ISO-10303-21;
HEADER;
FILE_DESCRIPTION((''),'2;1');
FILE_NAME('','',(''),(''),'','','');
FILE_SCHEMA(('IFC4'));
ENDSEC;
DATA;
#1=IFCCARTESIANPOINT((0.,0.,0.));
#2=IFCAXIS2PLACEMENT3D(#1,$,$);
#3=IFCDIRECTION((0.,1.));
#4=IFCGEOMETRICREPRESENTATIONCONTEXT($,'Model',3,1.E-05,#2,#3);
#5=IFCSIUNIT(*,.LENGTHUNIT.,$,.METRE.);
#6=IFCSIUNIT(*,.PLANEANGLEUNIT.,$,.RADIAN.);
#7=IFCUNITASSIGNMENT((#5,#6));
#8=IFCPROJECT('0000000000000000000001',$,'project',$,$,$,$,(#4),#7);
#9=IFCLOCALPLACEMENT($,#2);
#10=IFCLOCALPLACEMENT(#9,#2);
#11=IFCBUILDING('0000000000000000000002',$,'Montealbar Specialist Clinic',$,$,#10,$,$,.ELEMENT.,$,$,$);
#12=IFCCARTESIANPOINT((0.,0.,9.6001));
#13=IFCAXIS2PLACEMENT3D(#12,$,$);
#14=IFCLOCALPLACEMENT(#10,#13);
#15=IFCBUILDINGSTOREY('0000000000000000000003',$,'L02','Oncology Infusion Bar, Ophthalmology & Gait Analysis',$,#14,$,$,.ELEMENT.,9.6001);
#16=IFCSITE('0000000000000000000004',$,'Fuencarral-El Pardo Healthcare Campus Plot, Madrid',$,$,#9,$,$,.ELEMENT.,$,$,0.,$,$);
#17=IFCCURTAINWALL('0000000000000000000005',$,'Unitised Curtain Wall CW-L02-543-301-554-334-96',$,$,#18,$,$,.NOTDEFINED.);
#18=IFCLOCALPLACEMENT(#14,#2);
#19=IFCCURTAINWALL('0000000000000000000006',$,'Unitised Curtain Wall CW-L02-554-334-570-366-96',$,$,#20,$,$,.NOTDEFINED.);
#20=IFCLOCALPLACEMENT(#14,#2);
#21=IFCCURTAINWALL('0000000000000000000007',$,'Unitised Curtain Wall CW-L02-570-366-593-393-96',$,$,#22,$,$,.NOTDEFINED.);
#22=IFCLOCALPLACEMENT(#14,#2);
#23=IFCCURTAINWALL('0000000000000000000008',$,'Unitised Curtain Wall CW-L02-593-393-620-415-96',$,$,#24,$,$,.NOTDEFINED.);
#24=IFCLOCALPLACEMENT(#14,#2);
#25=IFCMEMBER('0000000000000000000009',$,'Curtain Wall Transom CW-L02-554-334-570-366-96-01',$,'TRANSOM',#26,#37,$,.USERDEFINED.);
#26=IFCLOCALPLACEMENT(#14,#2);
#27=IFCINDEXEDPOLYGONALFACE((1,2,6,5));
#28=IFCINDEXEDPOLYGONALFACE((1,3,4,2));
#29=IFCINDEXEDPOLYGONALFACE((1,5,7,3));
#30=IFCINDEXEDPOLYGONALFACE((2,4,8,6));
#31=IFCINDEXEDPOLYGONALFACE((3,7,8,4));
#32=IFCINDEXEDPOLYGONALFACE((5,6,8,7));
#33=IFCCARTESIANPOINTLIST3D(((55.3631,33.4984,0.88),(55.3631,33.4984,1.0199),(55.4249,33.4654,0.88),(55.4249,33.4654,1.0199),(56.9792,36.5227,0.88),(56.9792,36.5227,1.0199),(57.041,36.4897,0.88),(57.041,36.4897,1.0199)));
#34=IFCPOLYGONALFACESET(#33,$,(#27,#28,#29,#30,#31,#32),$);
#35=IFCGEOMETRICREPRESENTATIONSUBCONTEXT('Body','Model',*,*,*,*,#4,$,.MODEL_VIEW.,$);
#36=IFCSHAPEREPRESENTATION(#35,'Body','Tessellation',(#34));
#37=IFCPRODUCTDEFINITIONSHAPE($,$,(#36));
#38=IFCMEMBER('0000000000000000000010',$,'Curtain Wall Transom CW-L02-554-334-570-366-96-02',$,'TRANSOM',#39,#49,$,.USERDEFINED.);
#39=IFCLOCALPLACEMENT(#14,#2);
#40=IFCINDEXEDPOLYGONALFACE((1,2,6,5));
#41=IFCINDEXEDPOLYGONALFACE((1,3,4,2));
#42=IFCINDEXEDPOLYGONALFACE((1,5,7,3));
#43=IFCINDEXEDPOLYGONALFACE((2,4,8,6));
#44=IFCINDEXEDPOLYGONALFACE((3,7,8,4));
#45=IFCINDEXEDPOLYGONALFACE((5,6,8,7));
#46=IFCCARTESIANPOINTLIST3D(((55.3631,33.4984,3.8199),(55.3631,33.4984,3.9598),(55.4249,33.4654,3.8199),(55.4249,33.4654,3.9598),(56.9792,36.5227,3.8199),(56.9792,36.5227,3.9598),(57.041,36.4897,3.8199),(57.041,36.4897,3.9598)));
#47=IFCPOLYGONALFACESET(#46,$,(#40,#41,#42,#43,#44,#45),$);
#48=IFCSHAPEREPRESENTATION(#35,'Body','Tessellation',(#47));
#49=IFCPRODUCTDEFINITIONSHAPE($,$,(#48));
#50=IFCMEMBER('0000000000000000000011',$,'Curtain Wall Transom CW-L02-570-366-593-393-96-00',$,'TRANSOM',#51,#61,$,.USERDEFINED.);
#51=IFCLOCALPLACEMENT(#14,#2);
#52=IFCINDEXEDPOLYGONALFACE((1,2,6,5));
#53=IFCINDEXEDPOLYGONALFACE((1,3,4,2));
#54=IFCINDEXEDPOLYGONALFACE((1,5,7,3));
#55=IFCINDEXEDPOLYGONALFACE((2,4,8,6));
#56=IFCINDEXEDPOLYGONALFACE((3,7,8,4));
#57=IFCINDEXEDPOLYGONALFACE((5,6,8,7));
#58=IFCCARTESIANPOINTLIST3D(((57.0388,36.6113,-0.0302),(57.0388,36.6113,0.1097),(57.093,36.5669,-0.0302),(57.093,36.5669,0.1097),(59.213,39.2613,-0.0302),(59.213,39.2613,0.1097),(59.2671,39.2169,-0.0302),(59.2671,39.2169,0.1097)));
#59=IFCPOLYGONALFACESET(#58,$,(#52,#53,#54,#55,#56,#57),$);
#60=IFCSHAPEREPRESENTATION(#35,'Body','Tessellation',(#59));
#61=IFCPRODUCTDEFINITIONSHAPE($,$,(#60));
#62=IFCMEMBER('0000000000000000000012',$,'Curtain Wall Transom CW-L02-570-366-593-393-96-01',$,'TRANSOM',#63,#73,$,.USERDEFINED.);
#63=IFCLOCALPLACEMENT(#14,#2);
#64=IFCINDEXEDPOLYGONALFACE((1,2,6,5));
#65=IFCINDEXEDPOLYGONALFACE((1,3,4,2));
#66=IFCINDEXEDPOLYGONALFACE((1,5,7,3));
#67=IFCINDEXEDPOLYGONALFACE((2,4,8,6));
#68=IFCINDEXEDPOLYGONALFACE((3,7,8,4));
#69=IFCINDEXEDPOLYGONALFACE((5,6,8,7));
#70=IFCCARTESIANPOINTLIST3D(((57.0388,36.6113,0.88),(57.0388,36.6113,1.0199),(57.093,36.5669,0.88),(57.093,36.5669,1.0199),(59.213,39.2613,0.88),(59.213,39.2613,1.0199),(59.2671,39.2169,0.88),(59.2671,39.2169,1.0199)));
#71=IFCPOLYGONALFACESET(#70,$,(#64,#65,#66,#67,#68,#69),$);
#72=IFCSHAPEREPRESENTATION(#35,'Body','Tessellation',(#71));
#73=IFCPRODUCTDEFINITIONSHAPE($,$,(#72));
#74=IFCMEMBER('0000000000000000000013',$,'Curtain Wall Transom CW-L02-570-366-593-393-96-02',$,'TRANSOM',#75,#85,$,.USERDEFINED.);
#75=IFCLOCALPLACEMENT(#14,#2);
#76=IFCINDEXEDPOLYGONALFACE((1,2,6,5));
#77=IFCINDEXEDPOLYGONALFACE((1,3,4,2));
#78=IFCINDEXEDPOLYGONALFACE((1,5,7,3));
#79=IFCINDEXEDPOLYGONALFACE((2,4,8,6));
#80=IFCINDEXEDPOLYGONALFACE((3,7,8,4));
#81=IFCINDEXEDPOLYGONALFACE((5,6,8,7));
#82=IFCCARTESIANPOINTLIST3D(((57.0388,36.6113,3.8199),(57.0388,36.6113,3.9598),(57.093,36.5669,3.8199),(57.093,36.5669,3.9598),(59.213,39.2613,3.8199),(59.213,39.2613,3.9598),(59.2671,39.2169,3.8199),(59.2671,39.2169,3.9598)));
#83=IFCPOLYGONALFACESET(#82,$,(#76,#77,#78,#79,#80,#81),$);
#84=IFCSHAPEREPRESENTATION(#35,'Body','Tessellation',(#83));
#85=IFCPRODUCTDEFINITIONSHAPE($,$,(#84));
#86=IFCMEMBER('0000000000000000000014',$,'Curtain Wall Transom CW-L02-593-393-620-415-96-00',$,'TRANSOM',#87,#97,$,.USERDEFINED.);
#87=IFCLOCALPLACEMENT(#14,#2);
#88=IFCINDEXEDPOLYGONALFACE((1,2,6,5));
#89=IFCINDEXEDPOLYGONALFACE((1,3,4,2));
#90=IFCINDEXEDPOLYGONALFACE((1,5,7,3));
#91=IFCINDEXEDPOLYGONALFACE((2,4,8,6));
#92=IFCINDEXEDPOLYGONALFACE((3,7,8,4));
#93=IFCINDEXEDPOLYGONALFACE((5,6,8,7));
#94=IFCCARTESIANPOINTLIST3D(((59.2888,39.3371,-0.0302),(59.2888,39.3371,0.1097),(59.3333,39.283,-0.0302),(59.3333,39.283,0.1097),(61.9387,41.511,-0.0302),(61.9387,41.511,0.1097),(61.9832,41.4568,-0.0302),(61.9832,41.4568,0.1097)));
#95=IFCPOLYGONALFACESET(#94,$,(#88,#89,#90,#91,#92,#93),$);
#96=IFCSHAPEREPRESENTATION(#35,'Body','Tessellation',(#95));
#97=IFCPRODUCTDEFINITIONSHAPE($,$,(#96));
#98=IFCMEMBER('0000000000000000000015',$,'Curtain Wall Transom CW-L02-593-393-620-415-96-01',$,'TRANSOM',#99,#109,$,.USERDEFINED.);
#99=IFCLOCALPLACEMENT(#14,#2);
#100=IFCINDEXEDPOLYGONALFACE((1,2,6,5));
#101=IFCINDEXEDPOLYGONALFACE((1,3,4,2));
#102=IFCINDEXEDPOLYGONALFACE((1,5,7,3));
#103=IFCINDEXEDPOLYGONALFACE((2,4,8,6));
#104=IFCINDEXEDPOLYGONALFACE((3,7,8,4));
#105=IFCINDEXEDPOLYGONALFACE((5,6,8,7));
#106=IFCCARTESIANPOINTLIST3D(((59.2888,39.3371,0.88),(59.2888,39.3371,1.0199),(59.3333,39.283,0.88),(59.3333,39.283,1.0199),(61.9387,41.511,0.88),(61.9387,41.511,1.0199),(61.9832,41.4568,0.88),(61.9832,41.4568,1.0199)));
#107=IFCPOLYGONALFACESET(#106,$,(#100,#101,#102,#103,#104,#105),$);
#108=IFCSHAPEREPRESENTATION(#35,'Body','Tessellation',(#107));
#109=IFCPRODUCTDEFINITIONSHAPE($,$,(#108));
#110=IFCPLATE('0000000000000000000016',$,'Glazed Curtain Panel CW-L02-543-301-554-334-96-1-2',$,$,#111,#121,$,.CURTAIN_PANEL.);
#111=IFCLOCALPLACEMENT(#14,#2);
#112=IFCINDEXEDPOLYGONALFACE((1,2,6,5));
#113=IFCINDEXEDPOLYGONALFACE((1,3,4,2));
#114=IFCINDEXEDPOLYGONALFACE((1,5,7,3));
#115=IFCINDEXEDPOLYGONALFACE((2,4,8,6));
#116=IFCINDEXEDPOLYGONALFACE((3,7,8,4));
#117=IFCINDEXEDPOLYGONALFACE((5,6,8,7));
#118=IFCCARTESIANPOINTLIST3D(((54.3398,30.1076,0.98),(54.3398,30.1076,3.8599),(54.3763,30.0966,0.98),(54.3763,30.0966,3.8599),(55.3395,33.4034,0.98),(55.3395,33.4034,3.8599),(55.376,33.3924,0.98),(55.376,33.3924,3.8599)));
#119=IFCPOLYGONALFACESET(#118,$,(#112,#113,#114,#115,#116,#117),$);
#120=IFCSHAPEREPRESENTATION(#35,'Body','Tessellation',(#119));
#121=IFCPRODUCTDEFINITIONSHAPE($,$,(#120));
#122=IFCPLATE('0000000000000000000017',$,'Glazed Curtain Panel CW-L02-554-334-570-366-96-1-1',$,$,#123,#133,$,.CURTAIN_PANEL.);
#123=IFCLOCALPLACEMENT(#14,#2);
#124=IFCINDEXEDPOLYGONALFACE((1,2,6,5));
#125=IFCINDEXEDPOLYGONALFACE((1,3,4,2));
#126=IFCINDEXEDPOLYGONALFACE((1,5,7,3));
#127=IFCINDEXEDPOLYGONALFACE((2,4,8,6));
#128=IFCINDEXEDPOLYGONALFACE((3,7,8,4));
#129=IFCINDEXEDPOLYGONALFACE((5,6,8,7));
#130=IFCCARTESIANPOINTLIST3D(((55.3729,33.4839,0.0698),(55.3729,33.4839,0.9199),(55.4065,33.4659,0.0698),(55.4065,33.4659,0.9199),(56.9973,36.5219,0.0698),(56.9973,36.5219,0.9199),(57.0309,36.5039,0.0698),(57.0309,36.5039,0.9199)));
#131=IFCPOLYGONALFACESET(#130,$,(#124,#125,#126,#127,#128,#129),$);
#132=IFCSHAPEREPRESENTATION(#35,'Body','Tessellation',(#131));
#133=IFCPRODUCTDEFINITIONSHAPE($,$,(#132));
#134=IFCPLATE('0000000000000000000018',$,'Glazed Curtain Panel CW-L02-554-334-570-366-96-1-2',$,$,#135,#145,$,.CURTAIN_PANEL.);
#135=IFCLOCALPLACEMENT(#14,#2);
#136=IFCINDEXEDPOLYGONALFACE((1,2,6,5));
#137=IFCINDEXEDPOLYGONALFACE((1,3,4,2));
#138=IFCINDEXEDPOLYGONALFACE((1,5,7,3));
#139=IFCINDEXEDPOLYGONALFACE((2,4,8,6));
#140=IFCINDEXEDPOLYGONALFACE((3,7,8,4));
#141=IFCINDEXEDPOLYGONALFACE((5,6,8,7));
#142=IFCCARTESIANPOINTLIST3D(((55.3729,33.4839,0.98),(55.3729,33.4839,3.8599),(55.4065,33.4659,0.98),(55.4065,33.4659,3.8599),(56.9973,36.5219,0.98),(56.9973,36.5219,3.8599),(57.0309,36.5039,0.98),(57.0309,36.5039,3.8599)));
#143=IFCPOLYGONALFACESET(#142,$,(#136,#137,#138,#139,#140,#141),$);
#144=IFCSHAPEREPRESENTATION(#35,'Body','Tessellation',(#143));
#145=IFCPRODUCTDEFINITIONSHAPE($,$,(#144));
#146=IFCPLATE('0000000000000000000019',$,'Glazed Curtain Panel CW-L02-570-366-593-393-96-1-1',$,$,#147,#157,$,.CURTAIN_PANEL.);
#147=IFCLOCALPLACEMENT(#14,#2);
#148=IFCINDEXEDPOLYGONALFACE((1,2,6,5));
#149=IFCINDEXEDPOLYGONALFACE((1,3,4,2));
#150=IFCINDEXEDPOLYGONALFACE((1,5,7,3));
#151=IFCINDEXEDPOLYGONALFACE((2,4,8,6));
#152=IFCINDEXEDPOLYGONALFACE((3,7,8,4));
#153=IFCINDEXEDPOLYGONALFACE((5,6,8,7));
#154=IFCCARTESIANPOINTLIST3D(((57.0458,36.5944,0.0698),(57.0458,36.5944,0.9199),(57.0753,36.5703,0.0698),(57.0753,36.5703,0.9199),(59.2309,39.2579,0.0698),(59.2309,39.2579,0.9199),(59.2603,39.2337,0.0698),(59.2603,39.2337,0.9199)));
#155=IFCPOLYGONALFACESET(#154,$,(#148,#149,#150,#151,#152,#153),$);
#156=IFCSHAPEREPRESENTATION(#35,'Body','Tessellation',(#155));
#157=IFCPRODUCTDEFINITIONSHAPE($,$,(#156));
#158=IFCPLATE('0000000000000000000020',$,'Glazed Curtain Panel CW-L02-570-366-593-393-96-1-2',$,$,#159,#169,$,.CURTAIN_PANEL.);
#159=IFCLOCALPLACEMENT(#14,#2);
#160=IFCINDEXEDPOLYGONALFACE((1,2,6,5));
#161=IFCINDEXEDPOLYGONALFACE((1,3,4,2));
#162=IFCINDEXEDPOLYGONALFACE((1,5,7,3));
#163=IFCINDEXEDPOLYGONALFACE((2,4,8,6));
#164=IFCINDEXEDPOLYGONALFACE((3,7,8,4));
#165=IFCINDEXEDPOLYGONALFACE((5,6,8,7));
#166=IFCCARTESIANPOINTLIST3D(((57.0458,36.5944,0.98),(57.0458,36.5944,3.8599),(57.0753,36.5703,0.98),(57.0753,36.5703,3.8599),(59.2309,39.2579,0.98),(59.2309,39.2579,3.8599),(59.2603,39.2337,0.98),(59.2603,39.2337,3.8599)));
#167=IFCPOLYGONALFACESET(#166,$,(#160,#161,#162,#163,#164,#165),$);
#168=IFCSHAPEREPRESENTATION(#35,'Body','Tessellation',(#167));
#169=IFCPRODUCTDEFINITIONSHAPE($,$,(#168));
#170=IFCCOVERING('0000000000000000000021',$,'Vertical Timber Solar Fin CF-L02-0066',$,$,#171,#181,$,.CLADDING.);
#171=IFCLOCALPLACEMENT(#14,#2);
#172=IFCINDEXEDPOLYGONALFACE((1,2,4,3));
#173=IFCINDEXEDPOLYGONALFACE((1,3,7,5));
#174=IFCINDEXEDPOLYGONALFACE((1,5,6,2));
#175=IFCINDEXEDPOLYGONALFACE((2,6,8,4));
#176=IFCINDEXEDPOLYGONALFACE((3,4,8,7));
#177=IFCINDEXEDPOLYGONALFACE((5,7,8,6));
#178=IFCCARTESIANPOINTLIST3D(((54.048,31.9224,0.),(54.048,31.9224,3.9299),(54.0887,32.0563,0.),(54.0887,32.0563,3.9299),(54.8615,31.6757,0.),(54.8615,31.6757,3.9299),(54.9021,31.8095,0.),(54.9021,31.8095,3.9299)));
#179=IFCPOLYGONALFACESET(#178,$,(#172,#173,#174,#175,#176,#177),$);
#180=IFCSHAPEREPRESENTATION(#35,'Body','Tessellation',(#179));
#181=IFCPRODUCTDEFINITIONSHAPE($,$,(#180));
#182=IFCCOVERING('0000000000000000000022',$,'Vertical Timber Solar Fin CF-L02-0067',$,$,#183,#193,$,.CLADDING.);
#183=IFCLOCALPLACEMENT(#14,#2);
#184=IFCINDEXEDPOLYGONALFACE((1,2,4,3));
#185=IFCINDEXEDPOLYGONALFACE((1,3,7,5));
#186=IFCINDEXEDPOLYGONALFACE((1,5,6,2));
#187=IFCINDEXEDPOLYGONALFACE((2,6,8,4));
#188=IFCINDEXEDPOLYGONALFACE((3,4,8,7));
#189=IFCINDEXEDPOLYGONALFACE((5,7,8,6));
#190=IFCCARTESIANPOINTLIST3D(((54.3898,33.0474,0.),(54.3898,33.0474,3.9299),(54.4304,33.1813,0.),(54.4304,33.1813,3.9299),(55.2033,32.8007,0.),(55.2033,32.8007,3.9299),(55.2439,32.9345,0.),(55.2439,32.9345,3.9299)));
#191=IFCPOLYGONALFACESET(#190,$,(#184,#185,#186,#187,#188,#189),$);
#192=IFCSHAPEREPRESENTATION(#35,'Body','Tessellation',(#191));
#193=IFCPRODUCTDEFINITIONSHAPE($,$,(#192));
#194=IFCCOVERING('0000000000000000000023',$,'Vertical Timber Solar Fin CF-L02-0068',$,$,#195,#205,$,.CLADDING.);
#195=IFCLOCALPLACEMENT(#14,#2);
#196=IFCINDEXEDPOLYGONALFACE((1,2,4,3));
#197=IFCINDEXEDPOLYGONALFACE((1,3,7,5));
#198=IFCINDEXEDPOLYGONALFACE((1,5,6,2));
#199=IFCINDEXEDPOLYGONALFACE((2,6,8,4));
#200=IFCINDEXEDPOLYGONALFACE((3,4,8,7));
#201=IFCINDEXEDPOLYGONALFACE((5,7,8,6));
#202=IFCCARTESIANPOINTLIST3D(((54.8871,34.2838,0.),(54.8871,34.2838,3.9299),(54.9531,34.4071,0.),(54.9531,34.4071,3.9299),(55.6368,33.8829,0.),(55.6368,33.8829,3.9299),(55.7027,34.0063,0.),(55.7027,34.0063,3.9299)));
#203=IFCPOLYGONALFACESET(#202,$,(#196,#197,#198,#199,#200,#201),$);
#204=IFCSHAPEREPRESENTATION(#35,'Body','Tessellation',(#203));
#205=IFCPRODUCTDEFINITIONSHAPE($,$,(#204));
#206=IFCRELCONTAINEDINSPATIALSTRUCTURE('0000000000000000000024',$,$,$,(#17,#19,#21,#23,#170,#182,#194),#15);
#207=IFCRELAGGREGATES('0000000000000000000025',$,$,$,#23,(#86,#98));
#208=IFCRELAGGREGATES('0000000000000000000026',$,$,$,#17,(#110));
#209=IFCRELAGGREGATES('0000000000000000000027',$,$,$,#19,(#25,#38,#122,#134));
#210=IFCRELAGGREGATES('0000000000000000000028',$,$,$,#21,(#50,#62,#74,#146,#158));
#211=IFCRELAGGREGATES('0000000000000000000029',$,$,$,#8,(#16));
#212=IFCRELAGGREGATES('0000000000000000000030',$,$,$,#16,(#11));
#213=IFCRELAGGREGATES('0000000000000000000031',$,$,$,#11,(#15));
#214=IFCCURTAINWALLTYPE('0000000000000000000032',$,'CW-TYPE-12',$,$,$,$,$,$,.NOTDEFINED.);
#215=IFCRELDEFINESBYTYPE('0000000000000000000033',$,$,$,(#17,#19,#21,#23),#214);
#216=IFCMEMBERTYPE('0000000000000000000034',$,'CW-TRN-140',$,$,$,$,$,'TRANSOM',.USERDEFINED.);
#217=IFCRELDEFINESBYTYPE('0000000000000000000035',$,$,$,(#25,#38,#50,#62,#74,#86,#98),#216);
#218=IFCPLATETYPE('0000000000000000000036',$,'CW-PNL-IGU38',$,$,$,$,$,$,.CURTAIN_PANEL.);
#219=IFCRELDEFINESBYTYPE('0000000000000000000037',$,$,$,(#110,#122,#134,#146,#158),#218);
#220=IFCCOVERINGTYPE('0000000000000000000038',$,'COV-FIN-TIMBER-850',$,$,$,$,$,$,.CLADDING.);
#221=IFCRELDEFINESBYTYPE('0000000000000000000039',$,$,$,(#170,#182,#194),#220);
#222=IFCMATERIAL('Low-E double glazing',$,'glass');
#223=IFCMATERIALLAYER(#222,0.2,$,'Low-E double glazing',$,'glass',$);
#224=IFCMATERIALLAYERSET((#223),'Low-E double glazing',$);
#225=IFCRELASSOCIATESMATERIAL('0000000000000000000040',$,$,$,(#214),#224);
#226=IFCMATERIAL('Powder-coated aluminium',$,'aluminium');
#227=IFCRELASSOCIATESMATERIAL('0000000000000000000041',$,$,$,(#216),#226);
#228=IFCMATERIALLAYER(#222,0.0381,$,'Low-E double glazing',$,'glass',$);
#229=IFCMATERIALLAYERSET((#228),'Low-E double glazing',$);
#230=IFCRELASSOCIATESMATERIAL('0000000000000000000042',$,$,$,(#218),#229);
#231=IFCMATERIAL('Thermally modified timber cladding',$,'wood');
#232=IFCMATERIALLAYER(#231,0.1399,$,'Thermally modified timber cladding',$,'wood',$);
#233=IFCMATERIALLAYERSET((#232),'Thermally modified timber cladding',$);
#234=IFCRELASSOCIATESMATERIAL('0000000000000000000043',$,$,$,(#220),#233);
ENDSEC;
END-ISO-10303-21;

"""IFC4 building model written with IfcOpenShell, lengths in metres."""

from ifc_helpers import new_model, si_unit, direction, frame, origin, origin_2d, place, context, subcontext, project, spatial, rectangle, extrude, material, layer, layer_set, material_profile, profile_set, type_object, element, aggregate, save


model = new_model("IFC4")

# Units and contexts
model_context = context("Model", 3, precision=1e-05, world=origin(), true_north=direction((0.0, 1.0)))
body_context = subcontext(model_context, "Body", "Model", "MODEL_VIEW")
ifc_project = project(units=[si_unit("LENGTHUNIT", "METRE"), si_unit("PLANEANGLEUNIT", "RADIAN")], contexts=[model_context])

# Site, building, storey
site_placement = place(None, origin())
site = spatial("IfcSite", under=ifc_project, at=site_placement, Name="Fuencarral-El Pardo Healthcare Campus Plot, Madrid", CompositionType="ELEMENT", RefElevation=0.0)
building_placement = place(site_placement, origin())
building = spatial("IfcBuilding", under=site, at=building_placement, Name="Montealbar Specialist Clinic", CompositionType="ELEMENT")
storey_placement = place(building_placement, frame((0.0, 0.0, 9.6001)))
storey = spatial("IfcBuildingStorey", under=building, at=storey_placement, Name="L02", Description="Oncology Infusion Bar, Ophthalmology & Gait Analysis", CompositionType="ELEMENT", Elevation=9.6001)

# Curtain wall
ifc_material_1 = material(Name="Low-E double glazing", Category="glass")
ifc_layer_1 = layer(ifc_material_1, 0.2, Name="Low-E double glazing", Category="glass")
ifc_layer_set_1 = layer_set([ifc_layer_1], Name="Low-E double glazing")
curtain_wall_type = type_object("IfcCurtainWallType", Name="CW-TYPE-12", PredefinedType="NOTDEFINED", material=ifc_layer_set_1)
curtain_wall_1_placement = place(storey_placement, origin())
curtain_wall_1 = element("IfcCurtainWall", 1, at=curtain_wall_1_placement, inside=storey, type_object=curtain_wall_type, Name="Unitised Curtain Wall CW-L02-543-301-554-334-96", PredefinedType="NOTDEFINED")

# Curtain walls
curtain_wall_2_placement = place(storey_placement, origin())
curtain_wall_2 = element("IfcCurtainWall", 2, at=curtain_wall_2_placement, inside=storey, type_object=curtain_wall_type, Name="Unitised Curtain Wall CW-L02-554-334-570-366-96", PredefinedType="NOTDEFINED")
curtain_wall_3_placement = place(storey_placement, origin())
curtain_wall_3 = element("IfcCurtainWall", 3, at=curtain_wall_3_placement, inside=storey, type_object=curtain_wall_type, Name="Unitised Curtain Wall CW-L02-570-366-593-393-96", PredefinedType="NOTDEFINED")

# Curtain wall
curtain_wall_4_placement = place(storey_placement, origin())
curtain_wall_4 = element("IfcCurtainWall", 4, at=curtain_wall_4_placement, inside=storey, type_object=curtain_wall_type, Name="Unitised Curtain Wall CW-L02-593-393-620-415-96", PredefinedType="NOTDEFINED")

# Members
ifc_material_2 = material(Name="Powder-coated aluminium", Category="aluminium")
ifc_material_profile_1 = material_profile(ifc_material_2, rectangle(XDim=0.0701, YDim=0.1399, at=origin_2d()), Name="ALU 70x140", Category="aluminium")
ifc_profile_set_1 = profile_set([ifc_material_profile_1], Name="Powder-coated aluminium")
member_type_1 = type_object("IfcMemberType", Name="CW-TRN-140", ElementType="TRANSOM", PredefinedType="USERDEFINED", material=ifc_profile_set_1)
member_1_placement = place(storey_placement, frame((55.394, 33.4819, 0.95), z_axis=(0.471287, 0.88198, 0.0), x_axis=(-0.88198, 0.471287, 0.0)))
member_1 = element("IfcMember", 5, at=member_1_placement, type_object=member_type_1, Name="Curtain Wall Transom CW-L02-554-334-570-366-96-01", ObjectType="TRANSOM", PredefinedType="USERDEFINED", context=body_context, shape_type="SweptSolid", body=[
    extrude(rectangle(XDim=0.0701, YDim=0.1399, at=origin_2d()), origin(), (0.0, 0.0, 1.0), 3.429),
])
member_2_placement = place(storey_placement, frame((55.394, 33.4819, 3.8899), z_axis=(0.471287, 0.88198, 0.0), x_axis=(-0.88198, 0.471287, 0.0)))
member_2 = element("IfcMember", 6, at=member_2_placement, type_object=member_type_1, Name="Curtain Wall Transom CW-L02-554-334-570-366-96-02", ObjectType="TRANSOM", PredefinedType="USERDEFINED", context=body_context, shape_type="SweptSolid", body=[
    extrude(rectangle(XDim=0.0701, YDim=0.1399, at=origin_2d()), origin(), (0.0, 0.0, 1.0), 3.429),
])
member_3_placement = place(storey_placement, frame((57.0659, 36.5891, 0.0398), z_axis=(0.634281, 0.773103, 0.0), x_axis=(-0.773103, 0.634281, 0.0)))
member_3 = element("IfcMember", 7, at=member_3_placement, type_object=member_type_1, Name="Curtain Wall Transom CW-L02-570-366-593-393-96-00", ObjectType="TRANSOM", PredefinedType="USERDEFINED", context=body_context, shape_type="SweptSolid", body=[
    extrude(rectangle(XDim=0.0701, YDim=0.1399, at=origin_2d()), origin(), (0.0, 0.0, 1.0), 3.4277),
])
member_4_placement = place(storey_placement, frame((57.0659, 36.5891, 0.95), z_axis=(0.634281, 0.773103, 0.0), x_axis=(-0.773103, 0.634281, 0.0)))
member_4 = element("IfcMember", 8, at=member_4_placement, type_object=member_type_1, Name="Curtain Wall Transom CW-L02-570-366-593-393-96-01", ObjectType="TRANSOM", PredefinedType="USERDEFINED", context=body_context, shape_type="SweptSolid", body=[
    extrude(rectangle(XDim=0.0701, YDim=0.1399, at=origin_2d()), origin(), (0.0, 0.0, 1.0), 3.4277),
])
member_5_placement = place(storey_placement, frame((57.0659, 36.5891, 3.8899), z_axis=(0.634281, 0.773103, 0.0), x_axis=(-0.773103, 0.634281, 0.0)))
member_5 = element("IfcMember", 9, at=member_5_placement, type_object=member_type_1, Name="Curtain Wall Transom CW-L02-570-366-593-393-96-02", ObjectType="TRANSOM", PredefinedType="USERDEFINED", context=body_context, shape_type="SweptSolid", body=[
    extrude(rectangle(XDim=0.0701, YDim=0.1399, at=origin_2d()), origin(), (0.0, 0.0, 1.0), 3.4277),
])
member_6_placement = place(storey_placement, frame((59.311, 39.3101, 0.0398), z_axis=(0.773138, 0.634238, 0.0), x_axis=(-0.634238, 0.773138, 0.0)))
member_6 = element("IfcMember", 10, at=member_6_placement, type_object=member_type_1, Name="Curtain Wall Transom CW-L02-593-393-620-415-96-00", ObjectType="TRANSOM", PredefinedType="USERDEFINED", context=body_context, shape_type="SweptSolid", body=[
    extrude(rectangle(XDim=0.0701, YDim=0.1399, at=origin_2d()), origin(), (0.0, 0.0, 1.0), 3.4275),
])
member_7_placement = place(storey_placement, frame((59.311, 39.3101, 0.95), z_axis=(0.773138, 0.634238, 0.0), x_axis=(-0.634238, 0.773138, 0.0)))
member_7 = element("IfcMember", 11, at=member_7_placement, type_object=member_type_1, Name="Curtain Wall Transom CW-L02-593-393-620-415-96-01", ObjectType="TRANSOM", PredefinedType="USERDEFINED", context=body_context, shape_type="SweptSolid", body=[
    extrude(rectangle(XDim=0.0701, YDim=0.1399, at=origin_2d()), origin(), (0.0, 0.0, 1.0), 3.4275),
])
aggregate(curtain_wall_4, [member_6, member_7])

# Plates
ifc_layer_2 = layer(ifc_material_1, 0.0381, Name="Low-E double glazing", Category="glass")
ifc_layer_set_2 = layer_set([ifc_layer_2], Name="Low-E double glazing")
plate_type = type_object("IfcPlateType", Name="CW-PNL-IGU38", PredefinedType="CURTAIN_PANEL", material=ifc_layer_set_2)
plate_1_placement = place(storey_placement, frame((54.8579, 31.75, 0.98), z_axis=(0.0, 0.0, 1.0), x_axis=(0.290259, 0.956948, 0.0)))
plate_1 = element("IfcPlate", 12, at=plate_1_placement, type_object=plate_type, Name="Glazed Curtain Panel CW-L02-543-301-554-334-96-1-2", PredefinedType="CURTAIN_PANEL", context=body_context, shape_type="SweptSolid", body=[
    extrude(rectangle(XDim=3.4441, YDim=0.0381, at=origin_2d()), origin(), (0.0, 0.0, 1.0), 2.8799),
])
aggregate(curtain_wall_1, [plate_1])
plate_2_placement = place(storey_placement, frame((56.2019, 34.9939, 0.0698), z_axis=(0.0, 0.0, 1.0), x_axis=(0.471529, 0.88185, 0.0)))
plate_2 = element("IfcPlate", 13, at=plate_2_placement, type_object=plate_type, Name="Glazed Curtain Panel CW-L02-554-334-570-366-96-1-1", PredefinedType="CURTAIN_PANEL", context=body_context, shape_type="SweptSolid", body=[
    extrude(rectangle(XDim=3.4451, YDim=0.0381, at=origin_2d()), origin(), (0.0, 0.0, 1.0), 0.8501),
])
plate_3_placement = place(storey_placement, frame((56.2019, 34.9939, 0.98), z_axis=(0.0, 0.0, 1.0), x_axis=(0.471529, 0.88185, 0.0)))
plate_3 = element("IfcPlate", 14, at=plate_3_placement, type_object=plate_type, Name="Glazed Curtain Panel CW-L02-554-334-570-366-96-1-2", PredefinedType="CURTAIN_PANEL", context=body_context, shape_type="SweptSolid", body=[
    extrude(rectangle(XDim=3.4451, YDim=0.0381, at=origin_2d()), origin(), (0.0, 0.0, 1.0), 2.8799),
])
aggregate(curtain_wall_2, [member_1, member_2, plate_2, plate_3])
plate_4_placement = place(storey_placement, frame((58.1531, 37.9141, 0.0698), z_axis=(0.0, 0.0, 1.0), x_axis=(0.634256, 0.773123, 0.0)))
plate_4 = element("IfcPlate", 15, at=plate_4_placement, type_object=plate_type, Name="Glazed Curtain Panel CW-L02-570-366-593-393-96-1-1", PredefinedType="CURTAIN_PANEL", context=body_context, shape_type="SweptSolid", body=[
    extrude(rectangle(XDim=3.4451, YDim=0.0381, at=origin_2d()), origin(), (0.0, 0.0, 1.0), 0.8501),
])
plate_5_placement = place(storey_placement, frame((58.1531, 37.9141, 0.98), z_axis=(0.0, 0.0, 1.0), x_axis=(0.634256, 0.773123, 0.0)))
plate_5 = element("IfcPlate", 16, at=plate_5_placement, type_object=plate_type, Name="Glazed Curtain Panel CW-L02-570-366-593-393-96-1-2", PredefinedType="CURTAIN_PANEL", context=body_context, shape_type="SweptSolid", body=[
    extrude(rectangle(XDim=3.4451, YDim=0.0381, at=origin_2d()), origin(), (0.0, 0.0, 1.0), 2.8799),
])
aggregate(curtain_wall_3, [member_3, member_4, member_5, plate_4, plate_5])

# Coverings
ifc_material_3 = material(Name="Thermally modified timber cladding", Category="wood")
ifc_layer_3 = layer(ifc_material_3, 0.1399, Name="Thermally modified timber cladding", Category="wood")
ifc_layer_set_3 = layer_set([ifc_layer_3], Name="Thermally modified timber cladding")
covering_type = type_object("IfcCoveringType", Name="COV-FIN-TIMBER-850", PredefinedType="CLADDING", material=ifc_layer_set_3)
for number, where, z_axis, x_axis, name in (
    (17, (54.4751, 31.866, 0.0), (0.0, 0.0, 1.0), (-0.956948, 0.290259, 0.0), "Vertical Timber Solar Fin CF-L02-0066"),
    (18, (54.8169, 32.991, 0.0), (0.0, 0.0, 1.0), (-0.956948, 0.290259, 0.0), "Vertical Timber Solar Fin CF-L02-0067"),
    (19, (55.2949, 34.145, 0.0), (0.0, 0.0, 1.0), (-0.88185, 0.471529, 0.0), "Vertical Timber Solar Fin CF-L02-0068"),
):
    element("IfcCovering", number, at=place(storey_placement, frame(where, z_axis=z_axis, x_axis=x_axis)), inside=storey, type_object=covering_type, Name=name, PredefinedType="CLADDING", context=body_context, shape_type="SweptSolid", body=[
        extrude(rectangle(XDim=0.8501, YDim=0.1399, at=origin_2d()), origin(), (0.0, 0.0, 1.0), 3.9299),
    ])

save(model, "model.ifc")
